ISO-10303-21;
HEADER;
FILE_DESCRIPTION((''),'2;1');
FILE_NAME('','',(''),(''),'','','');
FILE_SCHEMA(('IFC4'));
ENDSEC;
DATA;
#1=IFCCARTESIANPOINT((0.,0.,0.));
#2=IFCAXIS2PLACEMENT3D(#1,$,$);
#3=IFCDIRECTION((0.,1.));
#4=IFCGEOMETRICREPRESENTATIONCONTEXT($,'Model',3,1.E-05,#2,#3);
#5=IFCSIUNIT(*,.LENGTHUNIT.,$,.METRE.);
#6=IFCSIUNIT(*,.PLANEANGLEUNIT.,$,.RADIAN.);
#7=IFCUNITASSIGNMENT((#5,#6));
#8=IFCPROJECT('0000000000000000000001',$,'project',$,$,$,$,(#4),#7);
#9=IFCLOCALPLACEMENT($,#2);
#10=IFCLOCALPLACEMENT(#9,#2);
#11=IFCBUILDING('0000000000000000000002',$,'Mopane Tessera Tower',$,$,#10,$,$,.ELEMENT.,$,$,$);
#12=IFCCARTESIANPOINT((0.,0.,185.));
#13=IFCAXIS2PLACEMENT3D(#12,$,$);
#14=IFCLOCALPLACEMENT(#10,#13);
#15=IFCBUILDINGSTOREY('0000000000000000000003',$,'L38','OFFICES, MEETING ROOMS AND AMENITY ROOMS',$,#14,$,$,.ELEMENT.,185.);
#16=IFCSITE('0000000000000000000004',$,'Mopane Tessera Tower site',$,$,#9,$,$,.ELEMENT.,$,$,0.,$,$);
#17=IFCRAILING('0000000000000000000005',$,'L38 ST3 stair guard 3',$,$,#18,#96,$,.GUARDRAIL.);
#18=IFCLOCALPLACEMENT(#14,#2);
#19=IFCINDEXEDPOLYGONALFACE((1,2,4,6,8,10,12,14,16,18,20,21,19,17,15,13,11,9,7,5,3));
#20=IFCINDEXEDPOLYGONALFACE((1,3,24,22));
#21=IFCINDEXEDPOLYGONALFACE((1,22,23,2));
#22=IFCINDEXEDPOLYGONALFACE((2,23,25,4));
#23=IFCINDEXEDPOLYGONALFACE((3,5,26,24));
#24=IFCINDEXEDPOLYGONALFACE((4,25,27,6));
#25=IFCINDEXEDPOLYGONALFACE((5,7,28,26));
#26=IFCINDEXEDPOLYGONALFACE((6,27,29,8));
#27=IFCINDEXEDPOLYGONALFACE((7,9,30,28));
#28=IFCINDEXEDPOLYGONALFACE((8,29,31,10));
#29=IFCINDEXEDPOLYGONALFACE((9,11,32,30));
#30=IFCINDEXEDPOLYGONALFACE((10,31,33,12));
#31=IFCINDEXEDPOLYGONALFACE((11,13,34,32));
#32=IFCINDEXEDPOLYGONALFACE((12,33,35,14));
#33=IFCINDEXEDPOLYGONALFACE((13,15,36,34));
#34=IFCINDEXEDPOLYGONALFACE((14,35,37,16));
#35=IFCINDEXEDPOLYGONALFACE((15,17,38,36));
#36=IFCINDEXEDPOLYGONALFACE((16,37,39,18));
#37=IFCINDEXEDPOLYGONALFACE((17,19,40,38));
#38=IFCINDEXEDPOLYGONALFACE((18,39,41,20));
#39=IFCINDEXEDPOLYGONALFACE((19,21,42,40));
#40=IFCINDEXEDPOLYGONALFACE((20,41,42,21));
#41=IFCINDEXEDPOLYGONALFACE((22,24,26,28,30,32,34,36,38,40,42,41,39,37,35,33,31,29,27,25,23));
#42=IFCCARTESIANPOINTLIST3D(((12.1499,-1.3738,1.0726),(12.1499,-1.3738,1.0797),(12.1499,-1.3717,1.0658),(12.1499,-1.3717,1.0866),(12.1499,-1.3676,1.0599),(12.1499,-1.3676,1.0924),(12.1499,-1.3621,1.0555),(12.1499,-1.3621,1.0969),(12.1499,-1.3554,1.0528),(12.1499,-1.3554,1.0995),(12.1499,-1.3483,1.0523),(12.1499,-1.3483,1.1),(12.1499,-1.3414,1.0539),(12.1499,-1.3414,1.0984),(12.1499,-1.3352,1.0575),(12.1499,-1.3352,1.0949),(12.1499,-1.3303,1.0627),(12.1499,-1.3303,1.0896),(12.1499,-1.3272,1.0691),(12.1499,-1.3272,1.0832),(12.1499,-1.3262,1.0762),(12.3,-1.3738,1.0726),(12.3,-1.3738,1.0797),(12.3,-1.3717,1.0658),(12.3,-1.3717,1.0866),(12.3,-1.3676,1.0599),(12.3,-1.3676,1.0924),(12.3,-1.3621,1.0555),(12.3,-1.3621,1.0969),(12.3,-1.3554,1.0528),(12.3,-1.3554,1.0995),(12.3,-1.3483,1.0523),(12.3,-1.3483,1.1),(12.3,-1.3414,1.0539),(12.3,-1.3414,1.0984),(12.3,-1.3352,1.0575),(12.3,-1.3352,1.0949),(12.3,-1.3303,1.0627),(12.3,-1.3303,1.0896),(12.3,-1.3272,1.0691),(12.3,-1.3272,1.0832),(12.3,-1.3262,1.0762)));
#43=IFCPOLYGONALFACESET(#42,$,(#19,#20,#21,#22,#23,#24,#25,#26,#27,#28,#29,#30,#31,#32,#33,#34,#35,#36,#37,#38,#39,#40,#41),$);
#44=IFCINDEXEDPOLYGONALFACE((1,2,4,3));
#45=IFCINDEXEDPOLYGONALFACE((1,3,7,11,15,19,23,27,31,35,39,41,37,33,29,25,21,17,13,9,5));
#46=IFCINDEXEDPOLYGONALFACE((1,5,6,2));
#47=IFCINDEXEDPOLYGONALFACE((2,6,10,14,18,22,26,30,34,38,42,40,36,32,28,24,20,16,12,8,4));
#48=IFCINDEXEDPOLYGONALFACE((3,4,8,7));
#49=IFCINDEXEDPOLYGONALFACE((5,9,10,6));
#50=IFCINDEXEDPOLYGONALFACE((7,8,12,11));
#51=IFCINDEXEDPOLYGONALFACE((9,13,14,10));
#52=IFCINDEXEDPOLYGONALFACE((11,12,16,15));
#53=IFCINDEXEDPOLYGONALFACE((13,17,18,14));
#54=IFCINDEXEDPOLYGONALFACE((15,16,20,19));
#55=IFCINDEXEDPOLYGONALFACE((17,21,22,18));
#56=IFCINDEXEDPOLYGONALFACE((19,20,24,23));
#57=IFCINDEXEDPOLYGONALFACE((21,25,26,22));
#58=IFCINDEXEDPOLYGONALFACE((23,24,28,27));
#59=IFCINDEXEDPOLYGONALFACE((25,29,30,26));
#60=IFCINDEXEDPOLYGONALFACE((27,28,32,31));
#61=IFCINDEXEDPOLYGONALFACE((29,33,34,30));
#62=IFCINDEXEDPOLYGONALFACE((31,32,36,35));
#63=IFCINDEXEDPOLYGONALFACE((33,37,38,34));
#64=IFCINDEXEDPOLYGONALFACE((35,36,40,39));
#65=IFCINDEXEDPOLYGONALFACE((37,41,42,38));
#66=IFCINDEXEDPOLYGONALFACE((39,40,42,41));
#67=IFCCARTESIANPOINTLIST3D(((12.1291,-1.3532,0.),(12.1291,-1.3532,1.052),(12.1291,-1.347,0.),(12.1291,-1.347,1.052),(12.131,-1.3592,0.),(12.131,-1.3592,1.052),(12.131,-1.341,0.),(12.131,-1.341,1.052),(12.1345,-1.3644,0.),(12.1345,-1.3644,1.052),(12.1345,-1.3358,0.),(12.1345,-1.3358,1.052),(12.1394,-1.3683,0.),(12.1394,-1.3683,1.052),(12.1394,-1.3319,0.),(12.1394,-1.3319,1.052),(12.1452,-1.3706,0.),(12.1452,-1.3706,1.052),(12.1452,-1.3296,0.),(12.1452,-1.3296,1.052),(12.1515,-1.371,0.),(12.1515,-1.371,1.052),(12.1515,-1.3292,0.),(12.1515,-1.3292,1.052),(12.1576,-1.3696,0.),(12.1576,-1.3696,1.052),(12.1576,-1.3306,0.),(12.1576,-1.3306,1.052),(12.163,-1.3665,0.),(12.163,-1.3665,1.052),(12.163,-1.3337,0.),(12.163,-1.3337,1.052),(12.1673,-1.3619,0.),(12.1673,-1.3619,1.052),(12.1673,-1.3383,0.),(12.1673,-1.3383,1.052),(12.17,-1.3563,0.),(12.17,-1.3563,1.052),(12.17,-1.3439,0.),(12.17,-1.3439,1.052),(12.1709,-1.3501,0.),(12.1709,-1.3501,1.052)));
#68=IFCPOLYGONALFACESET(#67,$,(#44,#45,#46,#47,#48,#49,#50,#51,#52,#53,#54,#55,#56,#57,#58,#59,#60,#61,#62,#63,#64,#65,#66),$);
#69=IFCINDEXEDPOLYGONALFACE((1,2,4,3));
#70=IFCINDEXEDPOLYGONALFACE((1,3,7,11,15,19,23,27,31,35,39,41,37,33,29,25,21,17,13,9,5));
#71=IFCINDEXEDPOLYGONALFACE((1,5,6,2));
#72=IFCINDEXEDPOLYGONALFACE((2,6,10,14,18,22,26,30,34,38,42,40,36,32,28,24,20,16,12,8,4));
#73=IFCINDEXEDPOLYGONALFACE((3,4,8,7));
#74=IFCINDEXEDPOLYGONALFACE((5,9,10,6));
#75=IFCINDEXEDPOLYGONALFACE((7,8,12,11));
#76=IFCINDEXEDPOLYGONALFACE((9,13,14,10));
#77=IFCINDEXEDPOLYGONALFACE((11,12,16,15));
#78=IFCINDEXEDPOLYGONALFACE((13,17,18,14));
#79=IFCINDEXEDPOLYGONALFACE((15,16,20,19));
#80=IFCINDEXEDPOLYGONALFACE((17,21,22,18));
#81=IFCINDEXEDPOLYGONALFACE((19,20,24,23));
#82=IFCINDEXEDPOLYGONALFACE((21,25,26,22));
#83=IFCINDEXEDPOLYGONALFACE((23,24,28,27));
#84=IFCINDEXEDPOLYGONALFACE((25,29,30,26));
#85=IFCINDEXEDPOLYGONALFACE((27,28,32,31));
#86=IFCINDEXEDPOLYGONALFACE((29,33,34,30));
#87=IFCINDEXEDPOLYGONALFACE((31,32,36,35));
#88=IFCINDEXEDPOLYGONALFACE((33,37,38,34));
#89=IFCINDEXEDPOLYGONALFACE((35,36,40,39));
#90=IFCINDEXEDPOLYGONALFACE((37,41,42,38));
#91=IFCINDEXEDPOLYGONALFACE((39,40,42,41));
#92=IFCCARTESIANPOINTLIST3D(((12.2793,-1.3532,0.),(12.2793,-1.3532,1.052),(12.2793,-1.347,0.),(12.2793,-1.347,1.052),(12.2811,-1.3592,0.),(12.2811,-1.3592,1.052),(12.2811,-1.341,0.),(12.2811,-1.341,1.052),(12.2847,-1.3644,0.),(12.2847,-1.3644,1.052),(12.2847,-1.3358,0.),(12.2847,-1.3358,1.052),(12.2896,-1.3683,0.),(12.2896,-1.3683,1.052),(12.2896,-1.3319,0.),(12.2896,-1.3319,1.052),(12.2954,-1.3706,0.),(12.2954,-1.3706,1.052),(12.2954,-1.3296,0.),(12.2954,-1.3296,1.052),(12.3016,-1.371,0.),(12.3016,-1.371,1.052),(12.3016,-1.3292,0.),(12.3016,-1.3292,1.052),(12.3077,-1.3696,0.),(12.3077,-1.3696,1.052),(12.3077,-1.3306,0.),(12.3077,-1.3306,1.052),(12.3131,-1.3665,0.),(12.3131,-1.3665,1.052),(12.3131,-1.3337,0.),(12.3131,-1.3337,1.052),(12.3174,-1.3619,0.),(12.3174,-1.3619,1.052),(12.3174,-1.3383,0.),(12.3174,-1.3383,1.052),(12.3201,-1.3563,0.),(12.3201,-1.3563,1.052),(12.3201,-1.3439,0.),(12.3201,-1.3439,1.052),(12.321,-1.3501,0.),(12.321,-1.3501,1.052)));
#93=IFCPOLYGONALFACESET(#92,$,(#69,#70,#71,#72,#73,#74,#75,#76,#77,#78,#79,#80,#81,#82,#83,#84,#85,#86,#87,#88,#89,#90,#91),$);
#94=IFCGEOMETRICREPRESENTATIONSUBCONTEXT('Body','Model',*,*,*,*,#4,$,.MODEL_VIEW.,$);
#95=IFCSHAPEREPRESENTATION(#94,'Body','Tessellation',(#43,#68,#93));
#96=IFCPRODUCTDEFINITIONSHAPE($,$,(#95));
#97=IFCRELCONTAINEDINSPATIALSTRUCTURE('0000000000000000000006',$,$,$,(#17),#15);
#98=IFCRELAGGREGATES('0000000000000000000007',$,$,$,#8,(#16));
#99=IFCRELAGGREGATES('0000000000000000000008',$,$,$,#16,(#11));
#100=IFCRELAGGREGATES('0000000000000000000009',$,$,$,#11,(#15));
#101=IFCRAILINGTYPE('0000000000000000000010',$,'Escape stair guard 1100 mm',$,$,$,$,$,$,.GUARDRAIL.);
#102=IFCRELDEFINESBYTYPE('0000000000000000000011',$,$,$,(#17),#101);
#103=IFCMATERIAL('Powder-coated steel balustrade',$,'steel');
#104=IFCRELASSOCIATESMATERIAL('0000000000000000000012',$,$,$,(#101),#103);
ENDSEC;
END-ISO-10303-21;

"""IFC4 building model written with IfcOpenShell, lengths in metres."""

from ifc_helpers import new_model, si_unit, direction, frame, origin, origin_2d, place, context, subcontext, project, spatial, circle, extrude, material, type_object, element, save


model = new_model("IFC4")

# Units and contexts
model_context = context("Model", 3, precision=1e-05, world=origin(), true_north=direction((0.0, 1.0)))
body_context = subcontext(model_context, "Body", "Model", "MODEL_VIEW")
ifc_project = project(units=[si_unit("LENGTHUNIT", "METRE"), si_unit("PLANEANGLEUNIT", "RADIAN")], contexts=[model_context])

# Site, building, storey
site_placement = place(None, origin())
site = spatial("IfcSite", under=ifc_project, at=site_placement, Name="Mopane Tessera Tower site", CompositionType="ELEMENT", RefElevation=0.0)
building_placement = place(site_placement, origin())
building = spatial("IfcBuilding", under=site, at=building_placement, Name="Mopane Tessera Tower", CompositionType="ELEMENT")
storey_placement = place(building_placement, frame((0.0, 0.0, 185.0)))
storey = spatial("IfcBuildingStorey", under=building, at=storey_placement, Name="L38", Description="OFFICES, MEETING ROOMS AND AMENITY ROOMS", CompositionType="ELEMENT", Elevation=185.0)

# Railing
ifc_material_1 = material(Name="Powder-coated steel balustrade", Category="steel")
railing_type_1 = type_object("IfcRailingType", Name="Escape stair guard 1100 mm", PredefinedType="GUARDRAIL", material=ifc_material_1)
railing_1_placement = place(storey_placement, frame((12.1499, -1.3501, 0.0)))
element("IfcRailing", 1, at=railing_1_placement, inside=storey, type_object=railing_type_1, Name="L38 ST3 stair guard 3", PredefinedType="GUARDRAIL", context=body_context, shape_type="SweptSolid", body=[
    extrude(circle(Radius=0.0239, at=origin_2d()), frame((0.0, 0.0, 1.0762), z_axis=(1.0, 0.0, 0.0), x_axis=(0.0, 1.0, 0.0)), (0.0, 0.0, 1.0), 0.1501),
    extrude(circle(Radius=0.021, at=origin_2d()), origin(), (0.0, 0.0, 1.0), 1.052),
    extrude(circle(Radius=0.021, at=origin_2d()), frame((0.1501, 0.0, 0.0)), (0.0, 0.0, 1.0), 1.052),
])

save(model, "model.ifc")
